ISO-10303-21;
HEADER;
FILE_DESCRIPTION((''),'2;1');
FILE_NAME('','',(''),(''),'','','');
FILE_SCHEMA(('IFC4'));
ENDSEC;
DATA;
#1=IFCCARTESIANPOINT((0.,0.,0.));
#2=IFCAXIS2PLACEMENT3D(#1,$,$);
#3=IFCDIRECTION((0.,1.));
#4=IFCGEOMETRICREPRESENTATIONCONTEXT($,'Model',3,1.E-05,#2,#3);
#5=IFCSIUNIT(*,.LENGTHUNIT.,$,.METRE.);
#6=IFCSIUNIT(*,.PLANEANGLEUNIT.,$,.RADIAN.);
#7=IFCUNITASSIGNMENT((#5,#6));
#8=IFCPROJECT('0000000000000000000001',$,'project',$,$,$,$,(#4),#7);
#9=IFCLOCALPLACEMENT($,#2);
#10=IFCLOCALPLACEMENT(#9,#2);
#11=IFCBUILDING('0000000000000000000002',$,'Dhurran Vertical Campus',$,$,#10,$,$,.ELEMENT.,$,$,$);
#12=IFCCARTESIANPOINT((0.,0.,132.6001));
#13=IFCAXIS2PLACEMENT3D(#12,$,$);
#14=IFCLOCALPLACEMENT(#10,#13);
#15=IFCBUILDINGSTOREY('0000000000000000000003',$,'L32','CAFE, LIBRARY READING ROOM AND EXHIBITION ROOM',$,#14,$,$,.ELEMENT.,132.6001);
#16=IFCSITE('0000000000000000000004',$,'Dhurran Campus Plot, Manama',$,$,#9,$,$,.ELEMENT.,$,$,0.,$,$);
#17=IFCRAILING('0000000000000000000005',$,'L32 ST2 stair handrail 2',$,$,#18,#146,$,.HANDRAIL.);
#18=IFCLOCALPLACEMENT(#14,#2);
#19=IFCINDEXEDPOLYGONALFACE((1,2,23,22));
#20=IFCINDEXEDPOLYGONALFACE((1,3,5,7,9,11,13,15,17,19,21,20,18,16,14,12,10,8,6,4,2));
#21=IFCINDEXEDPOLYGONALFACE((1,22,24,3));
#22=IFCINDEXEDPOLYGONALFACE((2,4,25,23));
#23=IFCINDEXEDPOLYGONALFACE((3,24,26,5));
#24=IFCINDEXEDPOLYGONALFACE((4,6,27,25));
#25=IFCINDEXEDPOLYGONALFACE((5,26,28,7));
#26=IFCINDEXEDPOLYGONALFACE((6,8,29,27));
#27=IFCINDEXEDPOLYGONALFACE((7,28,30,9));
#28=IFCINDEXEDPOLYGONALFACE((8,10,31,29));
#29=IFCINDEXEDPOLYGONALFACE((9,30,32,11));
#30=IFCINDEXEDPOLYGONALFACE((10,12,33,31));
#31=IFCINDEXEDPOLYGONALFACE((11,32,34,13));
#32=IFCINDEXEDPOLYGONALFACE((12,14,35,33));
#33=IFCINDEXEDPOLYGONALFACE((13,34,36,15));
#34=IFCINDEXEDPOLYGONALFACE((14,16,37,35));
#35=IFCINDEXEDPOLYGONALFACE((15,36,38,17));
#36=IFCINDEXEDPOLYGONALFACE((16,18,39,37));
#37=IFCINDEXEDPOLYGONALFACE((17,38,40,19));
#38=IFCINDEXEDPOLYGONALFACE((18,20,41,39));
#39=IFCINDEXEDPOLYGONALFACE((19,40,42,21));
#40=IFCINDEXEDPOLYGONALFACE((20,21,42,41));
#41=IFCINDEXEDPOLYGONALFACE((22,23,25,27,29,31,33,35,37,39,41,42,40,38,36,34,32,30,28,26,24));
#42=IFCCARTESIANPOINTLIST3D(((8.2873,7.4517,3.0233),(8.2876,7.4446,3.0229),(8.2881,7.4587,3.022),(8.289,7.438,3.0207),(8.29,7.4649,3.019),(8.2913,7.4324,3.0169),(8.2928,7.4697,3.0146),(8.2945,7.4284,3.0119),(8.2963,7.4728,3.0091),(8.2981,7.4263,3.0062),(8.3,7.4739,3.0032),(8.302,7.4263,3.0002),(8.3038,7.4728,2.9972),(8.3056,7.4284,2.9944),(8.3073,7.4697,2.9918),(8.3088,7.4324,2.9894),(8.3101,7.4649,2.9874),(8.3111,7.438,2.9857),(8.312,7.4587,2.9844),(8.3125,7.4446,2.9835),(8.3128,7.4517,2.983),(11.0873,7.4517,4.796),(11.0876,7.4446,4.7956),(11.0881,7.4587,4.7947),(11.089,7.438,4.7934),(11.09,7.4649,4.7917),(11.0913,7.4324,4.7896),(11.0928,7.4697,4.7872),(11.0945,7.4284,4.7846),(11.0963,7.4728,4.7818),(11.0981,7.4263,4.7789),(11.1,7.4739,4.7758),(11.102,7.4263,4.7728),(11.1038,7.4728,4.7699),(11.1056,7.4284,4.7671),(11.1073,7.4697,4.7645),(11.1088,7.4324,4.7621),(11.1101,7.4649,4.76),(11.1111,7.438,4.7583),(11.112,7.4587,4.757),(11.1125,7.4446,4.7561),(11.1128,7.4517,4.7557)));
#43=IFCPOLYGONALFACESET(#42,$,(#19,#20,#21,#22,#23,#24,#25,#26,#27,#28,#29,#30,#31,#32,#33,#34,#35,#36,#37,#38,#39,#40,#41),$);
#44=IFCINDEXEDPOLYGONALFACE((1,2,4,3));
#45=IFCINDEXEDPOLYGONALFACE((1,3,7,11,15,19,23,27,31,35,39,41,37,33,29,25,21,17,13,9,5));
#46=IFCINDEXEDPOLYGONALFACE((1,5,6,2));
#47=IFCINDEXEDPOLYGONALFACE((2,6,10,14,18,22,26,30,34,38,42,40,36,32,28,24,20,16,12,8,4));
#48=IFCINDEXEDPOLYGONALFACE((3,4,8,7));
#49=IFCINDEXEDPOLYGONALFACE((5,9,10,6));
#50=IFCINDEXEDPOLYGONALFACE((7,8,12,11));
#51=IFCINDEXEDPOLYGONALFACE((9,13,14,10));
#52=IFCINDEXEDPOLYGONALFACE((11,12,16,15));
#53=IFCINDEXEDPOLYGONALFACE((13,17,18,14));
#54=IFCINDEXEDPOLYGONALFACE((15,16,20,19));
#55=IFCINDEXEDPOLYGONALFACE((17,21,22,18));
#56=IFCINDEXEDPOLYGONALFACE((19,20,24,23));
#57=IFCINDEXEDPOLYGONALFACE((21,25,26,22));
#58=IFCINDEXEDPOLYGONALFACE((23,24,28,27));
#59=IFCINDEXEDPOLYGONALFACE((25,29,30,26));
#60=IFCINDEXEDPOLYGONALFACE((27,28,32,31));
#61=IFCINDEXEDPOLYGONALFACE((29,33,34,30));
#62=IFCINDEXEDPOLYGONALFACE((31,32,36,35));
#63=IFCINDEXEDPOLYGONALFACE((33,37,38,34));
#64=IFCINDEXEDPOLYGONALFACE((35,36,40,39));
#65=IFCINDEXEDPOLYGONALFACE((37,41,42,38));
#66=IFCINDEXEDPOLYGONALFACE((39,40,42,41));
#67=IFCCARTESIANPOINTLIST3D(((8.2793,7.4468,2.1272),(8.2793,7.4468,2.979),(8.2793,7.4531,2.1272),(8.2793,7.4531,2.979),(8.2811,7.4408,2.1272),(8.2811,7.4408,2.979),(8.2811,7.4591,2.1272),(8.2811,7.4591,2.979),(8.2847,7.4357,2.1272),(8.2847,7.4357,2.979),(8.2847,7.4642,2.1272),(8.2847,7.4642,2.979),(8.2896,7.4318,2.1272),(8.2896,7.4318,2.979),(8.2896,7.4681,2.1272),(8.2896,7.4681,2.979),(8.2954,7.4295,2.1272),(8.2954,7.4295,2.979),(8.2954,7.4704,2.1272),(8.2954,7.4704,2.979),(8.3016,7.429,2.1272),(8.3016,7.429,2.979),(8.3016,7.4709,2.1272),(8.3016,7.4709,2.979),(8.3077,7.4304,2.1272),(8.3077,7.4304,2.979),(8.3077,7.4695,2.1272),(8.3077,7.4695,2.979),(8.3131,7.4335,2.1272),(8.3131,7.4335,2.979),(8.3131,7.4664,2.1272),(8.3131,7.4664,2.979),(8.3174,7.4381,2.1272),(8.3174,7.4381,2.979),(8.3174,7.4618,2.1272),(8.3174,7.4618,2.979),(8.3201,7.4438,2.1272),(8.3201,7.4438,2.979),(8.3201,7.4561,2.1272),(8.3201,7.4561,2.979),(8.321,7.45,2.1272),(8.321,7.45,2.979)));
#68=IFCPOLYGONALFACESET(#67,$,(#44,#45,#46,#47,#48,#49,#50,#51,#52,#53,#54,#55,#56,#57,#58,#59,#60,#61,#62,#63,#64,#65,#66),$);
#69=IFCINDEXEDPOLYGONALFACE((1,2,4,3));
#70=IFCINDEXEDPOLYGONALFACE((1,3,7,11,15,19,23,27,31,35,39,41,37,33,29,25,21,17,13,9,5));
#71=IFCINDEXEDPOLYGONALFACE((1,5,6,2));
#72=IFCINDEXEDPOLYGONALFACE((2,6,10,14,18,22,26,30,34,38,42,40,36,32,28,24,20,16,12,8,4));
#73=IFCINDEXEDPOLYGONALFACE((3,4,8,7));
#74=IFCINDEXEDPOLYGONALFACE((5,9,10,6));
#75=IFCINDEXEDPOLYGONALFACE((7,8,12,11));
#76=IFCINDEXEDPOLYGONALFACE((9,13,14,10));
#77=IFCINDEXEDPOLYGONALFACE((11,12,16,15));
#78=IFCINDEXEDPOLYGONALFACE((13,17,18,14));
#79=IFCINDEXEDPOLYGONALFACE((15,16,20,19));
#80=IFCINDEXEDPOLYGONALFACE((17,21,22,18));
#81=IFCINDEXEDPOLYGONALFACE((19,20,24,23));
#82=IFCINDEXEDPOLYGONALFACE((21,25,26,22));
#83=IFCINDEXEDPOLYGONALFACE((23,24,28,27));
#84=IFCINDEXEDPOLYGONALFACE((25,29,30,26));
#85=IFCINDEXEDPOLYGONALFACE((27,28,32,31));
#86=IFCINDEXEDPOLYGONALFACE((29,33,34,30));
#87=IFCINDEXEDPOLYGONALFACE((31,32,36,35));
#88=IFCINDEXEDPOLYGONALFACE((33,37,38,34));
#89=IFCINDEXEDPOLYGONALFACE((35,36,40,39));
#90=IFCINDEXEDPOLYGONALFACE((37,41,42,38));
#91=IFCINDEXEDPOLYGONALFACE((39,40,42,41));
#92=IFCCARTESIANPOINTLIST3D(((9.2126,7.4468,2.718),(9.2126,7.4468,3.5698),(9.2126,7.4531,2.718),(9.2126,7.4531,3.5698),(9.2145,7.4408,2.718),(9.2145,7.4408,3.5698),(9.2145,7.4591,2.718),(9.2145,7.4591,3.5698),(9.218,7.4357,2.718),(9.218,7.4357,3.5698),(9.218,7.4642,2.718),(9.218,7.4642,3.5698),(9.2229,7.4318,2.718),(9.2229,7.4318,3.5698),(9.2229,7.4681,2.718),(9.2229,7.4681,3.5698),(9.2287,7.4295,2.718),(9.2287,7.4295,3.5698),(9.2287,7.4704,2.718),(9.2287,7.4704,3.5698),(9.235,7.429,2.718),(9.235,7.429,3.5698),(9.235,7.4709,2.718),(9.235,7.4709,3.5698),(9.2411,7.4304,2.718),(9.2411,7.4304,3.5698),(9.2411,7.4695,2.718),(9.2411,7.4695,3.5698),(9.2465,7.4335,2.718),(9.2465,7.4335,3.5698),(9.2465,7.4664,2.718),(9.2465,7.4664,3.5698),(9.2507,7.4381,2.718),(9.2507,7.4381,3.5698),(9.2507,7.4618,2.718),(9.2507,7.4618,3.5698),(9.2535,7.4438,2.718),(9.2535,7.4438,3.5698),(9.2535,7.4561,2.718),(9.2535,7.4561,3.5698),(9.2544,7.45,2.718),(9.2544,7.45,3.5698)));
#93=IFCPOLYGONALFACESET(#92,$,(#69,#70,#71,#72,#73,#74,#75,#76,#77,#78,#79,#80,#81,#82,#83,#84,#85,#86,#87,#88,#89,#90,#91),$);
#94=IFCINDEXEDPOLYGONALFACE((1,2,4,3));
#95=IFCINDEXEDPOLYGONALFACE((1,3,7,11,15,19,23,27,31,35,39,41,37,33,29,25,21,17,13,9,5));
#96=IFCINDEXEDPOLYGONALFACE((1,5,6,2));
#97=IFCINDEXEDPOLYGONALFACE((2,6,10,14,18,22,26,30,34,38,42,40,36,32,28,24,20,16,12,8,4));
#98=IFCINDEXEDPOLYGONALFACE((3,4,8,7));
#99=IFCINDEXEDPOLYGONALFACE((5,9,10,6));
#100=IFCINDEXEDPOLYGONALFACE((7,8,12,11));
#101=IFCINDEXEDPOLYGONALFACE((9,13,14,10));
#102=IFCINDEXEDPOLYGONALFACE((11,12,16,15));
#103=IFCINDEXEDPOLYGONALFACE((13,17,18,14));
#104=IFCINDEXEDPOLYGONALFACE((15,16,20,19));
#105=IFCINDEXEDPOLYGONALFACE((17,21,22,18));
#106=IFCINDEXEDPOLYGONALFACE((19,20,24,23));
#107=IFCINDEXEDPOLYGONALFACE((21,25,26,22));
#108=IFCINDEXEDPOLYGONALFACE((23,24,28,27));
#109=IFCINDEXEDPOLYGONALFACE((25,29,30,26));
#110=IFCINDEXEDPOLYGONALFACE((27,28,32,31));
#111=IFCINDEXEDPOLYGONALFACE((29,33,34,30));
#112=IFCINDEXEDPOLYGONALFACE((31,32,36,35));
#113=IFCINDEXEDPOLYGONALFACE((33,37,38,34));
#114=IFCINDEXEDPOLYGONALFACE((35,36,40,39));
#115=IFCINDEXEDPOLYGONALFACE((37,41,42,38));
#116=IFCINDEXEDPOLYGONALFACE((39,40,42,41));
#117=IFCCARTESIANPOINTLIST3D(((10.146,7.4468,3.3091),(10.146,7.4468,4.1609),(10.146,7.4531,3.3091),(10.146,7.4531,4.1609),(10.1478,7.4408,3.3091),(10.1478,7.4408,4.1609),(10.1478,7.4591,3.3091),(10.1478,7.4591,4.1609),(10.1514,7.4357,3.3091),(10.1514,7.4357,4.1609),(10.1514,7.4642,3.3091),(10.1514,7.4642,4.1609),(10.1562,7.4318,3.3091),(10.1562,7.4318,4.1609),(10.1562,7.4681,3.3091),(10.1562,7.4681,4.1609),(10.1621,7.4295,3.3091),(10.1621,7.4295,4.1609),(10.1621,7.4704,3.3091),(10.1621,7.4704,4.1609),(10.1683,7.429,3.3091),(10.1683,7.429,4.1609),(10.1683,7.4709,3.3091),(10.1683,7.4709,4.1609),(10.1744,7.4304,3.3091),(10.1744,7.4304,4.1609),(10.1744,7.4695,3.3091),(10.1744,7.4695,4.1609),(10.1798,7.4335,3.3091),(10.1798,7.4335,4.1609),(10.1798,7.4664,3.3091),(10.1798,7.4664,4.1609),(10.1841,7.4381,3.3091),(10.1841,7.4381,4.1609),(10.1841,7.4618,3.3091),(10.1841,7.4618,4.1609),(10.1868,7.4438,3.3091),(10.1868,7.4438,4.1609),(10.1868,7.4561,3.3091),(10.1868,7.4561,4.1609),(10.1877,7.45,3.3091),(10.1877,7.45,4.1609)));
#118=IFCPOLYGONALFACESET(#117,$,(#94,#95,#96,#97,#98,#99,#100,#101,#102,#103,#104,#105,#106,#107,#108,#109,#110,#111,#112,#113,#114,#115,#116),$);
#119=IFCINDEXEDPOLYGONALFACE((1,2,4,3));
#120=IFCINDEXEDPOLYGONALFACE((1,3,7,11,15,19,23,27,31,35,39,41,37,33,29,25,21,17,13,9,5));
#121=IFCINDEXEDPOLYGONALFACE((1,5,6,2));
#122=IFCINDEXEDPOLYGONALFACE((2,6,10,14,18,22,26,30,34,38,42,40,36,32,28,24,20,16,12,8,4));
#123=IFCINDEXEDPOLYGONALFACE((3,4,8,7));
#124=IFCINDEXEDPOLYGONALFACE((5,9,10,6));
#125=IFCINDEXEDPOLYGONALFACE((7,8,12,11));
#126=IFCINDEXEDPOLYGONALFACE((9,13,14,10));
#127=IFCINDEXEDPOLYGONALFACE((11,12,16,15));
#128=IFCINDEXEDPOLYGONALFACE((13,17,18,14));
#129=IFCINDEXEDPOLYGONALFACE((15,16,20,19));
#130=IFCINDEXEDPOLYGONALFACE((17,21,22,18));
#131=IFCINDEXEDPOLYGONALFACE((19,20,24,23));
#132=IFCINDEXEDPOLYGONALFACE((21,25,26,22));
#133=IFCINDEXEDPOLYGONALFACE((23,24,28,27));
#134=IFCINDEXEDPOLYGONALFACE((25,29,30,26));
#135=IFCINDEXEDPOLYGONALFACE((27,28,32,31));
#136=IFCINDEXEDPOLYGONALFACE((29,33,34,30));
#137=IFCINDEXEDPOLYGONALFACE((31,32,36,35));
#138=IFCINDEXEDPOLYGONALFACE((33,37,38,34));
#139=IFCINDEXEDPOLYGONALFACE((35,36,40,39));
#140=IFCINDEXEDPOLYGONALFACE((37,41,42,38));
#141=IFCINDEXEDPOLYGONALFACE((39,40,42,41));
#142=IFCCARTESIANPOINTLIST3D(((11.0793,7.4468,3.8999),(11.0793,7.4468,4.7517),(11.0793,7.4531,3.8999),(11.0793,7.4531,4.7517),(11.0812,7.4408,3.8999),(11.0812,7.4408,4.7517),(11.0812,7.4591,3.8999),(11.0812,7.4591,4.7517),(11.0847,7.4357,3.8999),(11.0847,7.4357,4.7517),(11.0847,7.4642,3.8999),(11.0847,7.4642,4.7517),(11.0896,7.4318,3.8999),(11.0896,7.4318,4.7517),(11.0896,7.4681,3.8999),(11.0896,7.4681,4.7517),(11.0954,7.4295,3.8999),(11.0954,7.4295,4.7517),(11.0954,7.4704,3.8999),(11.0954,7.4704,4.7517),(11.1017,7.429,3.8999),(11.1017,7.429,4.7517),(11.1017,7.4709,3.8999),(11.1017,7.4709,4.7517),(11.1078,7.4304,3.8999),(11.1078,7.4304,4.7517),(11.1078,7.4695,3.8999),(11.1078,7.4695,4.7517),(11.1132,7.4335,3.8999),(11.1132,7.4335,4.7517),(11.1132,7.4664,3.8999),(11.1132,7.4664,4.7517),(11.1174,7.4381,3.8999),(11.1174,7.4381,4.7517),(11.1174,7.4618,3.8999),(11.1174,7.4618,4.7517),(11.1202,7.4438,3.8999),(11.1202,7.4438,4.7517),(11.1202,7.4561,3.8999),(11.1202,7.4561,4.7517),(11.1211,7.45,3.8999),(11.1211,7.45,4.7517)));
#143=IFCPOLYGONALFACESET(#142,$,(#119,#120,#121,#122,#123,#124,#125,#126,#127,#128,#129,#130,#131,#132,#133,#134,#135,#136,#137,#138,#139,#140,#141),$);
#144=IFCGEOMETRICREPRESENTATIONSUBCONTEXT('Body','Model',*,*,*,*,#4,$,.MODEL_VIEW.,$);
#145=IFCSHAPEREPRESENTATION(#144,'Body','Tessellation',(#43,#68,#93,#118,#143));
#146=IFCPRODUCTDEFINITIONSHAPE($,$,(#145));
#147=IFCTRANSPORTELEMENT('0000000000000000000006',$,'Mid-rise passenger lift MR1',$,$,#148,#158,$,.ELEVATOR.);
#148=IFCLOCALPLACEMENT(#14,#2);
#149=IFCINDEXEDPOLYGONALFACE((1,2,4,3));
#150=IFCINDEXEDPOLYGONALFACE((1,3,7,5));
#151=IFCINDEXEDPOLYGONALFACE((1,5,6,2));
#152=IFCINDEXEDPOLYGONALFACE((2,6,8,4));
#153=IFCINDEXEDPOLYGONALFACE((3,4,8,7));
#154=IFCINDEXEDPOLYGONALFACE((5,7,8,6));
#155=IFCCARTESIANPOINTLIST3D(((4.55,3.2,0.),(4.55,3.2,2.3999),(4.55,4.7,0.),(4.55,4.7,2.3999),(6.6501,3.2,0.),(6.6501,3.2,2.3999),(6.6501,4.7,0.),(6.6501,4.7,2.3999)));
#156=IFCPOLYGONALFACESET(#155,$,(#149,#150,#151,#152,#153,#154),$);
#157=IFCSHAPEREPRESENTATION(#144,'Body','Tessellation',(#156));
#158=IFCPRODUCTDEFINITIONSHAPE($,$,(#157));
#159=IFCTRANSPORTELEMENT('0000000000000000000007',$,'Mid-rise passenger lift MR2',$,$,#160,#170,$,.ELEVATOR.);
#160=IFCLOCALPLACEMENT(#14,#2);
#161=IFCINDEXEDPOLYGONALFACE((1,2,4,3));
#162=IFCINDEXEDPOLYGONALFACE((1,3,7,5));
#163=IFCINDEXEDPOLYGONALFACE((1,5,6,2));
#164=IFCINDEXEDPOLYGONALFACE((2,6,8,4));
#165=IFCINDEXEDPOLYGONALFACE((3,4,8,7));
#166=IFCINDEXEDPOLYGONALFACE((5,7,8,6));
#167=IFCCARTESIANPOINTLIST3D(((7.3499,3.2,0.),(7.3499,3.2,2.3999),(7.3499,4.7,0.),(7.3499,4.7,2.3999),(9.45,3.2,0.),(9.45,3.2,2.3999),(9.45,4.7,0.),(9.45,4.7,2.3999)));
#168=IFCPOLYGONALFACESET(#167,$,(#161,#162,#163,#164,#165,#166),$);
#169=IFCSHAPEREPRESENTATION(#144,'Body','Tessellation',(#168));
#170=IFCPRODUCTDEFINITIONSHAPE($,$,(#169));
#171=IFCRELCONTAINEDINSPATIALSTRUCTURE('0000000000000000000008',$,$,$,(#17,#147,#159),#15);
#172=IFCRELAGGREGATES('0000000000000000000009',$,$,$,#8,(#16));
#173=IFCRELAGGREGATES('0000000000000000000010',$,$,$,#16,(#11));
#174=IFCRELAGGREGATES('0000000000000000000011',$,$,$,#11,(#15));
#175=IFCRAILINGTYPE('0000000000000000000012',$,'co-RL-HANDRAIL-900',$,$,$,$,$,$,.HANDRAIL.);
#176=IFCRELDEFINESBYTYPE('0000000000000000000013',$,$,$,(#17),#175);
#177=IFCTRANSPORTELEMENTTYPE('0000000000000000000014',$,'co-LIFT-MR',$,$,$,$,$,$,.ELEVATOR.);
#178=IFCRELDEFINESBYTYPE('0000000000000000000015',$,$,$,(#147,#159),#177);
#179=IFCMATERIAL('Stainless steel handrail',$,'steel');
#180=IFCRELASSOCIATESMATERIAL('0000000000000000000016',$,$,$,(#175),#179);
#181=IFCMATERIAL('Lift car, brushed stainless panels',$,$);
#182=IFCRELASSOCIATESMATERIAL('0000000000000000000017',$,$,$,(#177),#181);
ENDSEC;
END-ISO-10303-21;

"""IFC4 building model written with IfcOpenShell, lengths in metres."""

from ifc_helpers import new_model, si_unit, direction, frame, origin, origin_2d, place, context, subcontext, project, spatial, rectangle, circle, extrude, material, type_object, element, save


model = new_model("IFC4")

# Units and contexts
model_context = context("Model", 3, precision=1e-05, world=origin(), true_north=direction((0.0, 1.0)))
body_context = subcontext(model_context, "Body", "Model", "MODEL_VIEW")
ifc_project = project(units=[si_unit("LENGTHUNIT", "METRE"), si_unit("PLANEANGLEUNIT", "RADIAN")], contexts=[model_context])

# Site, building, storey
site_placement = place(None, origin())
site = spatial("IfcSite", under=ifc_project, at=site_placement, Name="Dhurran Campus Plot, Manama", CompositionType="ELEMENT", RefElevation=0.0)
building_placement = place(site_placement, origin())
building = spatial("IfcBuilding", under=site, at=building_placement, Name="Dhurran Vertical Campus", CompositionType="ELEMENT")
storey_placement = place(building_placement, frame((0.0, 0.0, 132.6001)))
storey = spatial("IfcBuildingStorey", under=building, at=storey_placement, Name="L32", Description="CAFE, LIBRARY READING ROOM AND EXHIBITION ROOM", CompositionType="ELEMENT", Elevation=132.6001)

# Railing
ifc_material_1 = material(Name="Stainless steel handrail", Category="steel")
railing_type_1 = type_object("IfcRailingType", Name="co-RL-HANDRAIL-900", PredefinedType="HANDRAIL", material=ifc_material_1)
railing_1_placement = place(storey_placement, frame((8.3, 7.45, 2.1272)))
element("IfcRailing", 1, at=railing_1_placement, inside=storey, type_object=railing_type_1, Name="L32 ST2 stair handrail 2", PredefinedType="HANDRAIL", context=body_context, shape_type="SweptSolid", body=[
    extrude(circle(Radius=0.0239, at=origin_2d()), frame((0.0, 0.0, 0.876), z_axis=(0.844909, 0.0, 0.53491), x_axis=(0.0, 1.0, 0.0)), (0.0, 0.0, 1.0), 3.314),
    extrude(circle(Radius=0.021, at=origin_2d()), origin(), (0.0, 0.0, 1.0), 0.8518),
    extrude(circle(Radius=0.021, at=origin_2d()), frame((0.9333, 0.0, 0.5908)), (0.0, 0.0, 1.0), 0.8518),
    extrude(circle(Radius=0.021, at=origin_2d()), frame((1.8667, 0.0, 1.1819)), (0.0, 0.0, 1.0), 0.8518),
    extrude(circle(Radius=0.021, at=origin_2d()), frame((2.8, 0.0, 1.7727)), (0.0, 0.0, 1.0), 0.8518),
])

# Transport elements
ifc_material_2 = material(Name="Lift car, brushed stainless panels")
transport_element_type = type_object("IfcTransportElementType", Name="co-LIFT-MR", PredefinedType="ELEVATOR", material=ifc_material_2)
for number, where, z_axis, x_axis, name in (
    (2, (5.6001, 3.95, 0.0), (0.0, 0.0, 1.0), (1.0, 0.0, 0.0), "Mid-rise passenger lift MR1"),
    (3, (8.3999, 3.95, 0.0), (0.0, 0.0, 1.0), (1.0, 0.0, 0.0), "Mid-rise passenger lift MR2"),
):
    element("IfcTransportElement", number, at=place(storey_placement, frame(where, z_axis=z_axis, x_axis=x_axis)), inside=storey, type_object=transport_element_type, Name=name, PredefinedType="ELEVATOR", context=body_context, shape_type="SweptSolid", body=[
        extrude(rectangle(XDim=2.1001, YDim=1.5, at=origin_2d()), origin(), (0.0, 0.0, 1.0), 2.3999),
    ])

save(model, "model.ifc")
